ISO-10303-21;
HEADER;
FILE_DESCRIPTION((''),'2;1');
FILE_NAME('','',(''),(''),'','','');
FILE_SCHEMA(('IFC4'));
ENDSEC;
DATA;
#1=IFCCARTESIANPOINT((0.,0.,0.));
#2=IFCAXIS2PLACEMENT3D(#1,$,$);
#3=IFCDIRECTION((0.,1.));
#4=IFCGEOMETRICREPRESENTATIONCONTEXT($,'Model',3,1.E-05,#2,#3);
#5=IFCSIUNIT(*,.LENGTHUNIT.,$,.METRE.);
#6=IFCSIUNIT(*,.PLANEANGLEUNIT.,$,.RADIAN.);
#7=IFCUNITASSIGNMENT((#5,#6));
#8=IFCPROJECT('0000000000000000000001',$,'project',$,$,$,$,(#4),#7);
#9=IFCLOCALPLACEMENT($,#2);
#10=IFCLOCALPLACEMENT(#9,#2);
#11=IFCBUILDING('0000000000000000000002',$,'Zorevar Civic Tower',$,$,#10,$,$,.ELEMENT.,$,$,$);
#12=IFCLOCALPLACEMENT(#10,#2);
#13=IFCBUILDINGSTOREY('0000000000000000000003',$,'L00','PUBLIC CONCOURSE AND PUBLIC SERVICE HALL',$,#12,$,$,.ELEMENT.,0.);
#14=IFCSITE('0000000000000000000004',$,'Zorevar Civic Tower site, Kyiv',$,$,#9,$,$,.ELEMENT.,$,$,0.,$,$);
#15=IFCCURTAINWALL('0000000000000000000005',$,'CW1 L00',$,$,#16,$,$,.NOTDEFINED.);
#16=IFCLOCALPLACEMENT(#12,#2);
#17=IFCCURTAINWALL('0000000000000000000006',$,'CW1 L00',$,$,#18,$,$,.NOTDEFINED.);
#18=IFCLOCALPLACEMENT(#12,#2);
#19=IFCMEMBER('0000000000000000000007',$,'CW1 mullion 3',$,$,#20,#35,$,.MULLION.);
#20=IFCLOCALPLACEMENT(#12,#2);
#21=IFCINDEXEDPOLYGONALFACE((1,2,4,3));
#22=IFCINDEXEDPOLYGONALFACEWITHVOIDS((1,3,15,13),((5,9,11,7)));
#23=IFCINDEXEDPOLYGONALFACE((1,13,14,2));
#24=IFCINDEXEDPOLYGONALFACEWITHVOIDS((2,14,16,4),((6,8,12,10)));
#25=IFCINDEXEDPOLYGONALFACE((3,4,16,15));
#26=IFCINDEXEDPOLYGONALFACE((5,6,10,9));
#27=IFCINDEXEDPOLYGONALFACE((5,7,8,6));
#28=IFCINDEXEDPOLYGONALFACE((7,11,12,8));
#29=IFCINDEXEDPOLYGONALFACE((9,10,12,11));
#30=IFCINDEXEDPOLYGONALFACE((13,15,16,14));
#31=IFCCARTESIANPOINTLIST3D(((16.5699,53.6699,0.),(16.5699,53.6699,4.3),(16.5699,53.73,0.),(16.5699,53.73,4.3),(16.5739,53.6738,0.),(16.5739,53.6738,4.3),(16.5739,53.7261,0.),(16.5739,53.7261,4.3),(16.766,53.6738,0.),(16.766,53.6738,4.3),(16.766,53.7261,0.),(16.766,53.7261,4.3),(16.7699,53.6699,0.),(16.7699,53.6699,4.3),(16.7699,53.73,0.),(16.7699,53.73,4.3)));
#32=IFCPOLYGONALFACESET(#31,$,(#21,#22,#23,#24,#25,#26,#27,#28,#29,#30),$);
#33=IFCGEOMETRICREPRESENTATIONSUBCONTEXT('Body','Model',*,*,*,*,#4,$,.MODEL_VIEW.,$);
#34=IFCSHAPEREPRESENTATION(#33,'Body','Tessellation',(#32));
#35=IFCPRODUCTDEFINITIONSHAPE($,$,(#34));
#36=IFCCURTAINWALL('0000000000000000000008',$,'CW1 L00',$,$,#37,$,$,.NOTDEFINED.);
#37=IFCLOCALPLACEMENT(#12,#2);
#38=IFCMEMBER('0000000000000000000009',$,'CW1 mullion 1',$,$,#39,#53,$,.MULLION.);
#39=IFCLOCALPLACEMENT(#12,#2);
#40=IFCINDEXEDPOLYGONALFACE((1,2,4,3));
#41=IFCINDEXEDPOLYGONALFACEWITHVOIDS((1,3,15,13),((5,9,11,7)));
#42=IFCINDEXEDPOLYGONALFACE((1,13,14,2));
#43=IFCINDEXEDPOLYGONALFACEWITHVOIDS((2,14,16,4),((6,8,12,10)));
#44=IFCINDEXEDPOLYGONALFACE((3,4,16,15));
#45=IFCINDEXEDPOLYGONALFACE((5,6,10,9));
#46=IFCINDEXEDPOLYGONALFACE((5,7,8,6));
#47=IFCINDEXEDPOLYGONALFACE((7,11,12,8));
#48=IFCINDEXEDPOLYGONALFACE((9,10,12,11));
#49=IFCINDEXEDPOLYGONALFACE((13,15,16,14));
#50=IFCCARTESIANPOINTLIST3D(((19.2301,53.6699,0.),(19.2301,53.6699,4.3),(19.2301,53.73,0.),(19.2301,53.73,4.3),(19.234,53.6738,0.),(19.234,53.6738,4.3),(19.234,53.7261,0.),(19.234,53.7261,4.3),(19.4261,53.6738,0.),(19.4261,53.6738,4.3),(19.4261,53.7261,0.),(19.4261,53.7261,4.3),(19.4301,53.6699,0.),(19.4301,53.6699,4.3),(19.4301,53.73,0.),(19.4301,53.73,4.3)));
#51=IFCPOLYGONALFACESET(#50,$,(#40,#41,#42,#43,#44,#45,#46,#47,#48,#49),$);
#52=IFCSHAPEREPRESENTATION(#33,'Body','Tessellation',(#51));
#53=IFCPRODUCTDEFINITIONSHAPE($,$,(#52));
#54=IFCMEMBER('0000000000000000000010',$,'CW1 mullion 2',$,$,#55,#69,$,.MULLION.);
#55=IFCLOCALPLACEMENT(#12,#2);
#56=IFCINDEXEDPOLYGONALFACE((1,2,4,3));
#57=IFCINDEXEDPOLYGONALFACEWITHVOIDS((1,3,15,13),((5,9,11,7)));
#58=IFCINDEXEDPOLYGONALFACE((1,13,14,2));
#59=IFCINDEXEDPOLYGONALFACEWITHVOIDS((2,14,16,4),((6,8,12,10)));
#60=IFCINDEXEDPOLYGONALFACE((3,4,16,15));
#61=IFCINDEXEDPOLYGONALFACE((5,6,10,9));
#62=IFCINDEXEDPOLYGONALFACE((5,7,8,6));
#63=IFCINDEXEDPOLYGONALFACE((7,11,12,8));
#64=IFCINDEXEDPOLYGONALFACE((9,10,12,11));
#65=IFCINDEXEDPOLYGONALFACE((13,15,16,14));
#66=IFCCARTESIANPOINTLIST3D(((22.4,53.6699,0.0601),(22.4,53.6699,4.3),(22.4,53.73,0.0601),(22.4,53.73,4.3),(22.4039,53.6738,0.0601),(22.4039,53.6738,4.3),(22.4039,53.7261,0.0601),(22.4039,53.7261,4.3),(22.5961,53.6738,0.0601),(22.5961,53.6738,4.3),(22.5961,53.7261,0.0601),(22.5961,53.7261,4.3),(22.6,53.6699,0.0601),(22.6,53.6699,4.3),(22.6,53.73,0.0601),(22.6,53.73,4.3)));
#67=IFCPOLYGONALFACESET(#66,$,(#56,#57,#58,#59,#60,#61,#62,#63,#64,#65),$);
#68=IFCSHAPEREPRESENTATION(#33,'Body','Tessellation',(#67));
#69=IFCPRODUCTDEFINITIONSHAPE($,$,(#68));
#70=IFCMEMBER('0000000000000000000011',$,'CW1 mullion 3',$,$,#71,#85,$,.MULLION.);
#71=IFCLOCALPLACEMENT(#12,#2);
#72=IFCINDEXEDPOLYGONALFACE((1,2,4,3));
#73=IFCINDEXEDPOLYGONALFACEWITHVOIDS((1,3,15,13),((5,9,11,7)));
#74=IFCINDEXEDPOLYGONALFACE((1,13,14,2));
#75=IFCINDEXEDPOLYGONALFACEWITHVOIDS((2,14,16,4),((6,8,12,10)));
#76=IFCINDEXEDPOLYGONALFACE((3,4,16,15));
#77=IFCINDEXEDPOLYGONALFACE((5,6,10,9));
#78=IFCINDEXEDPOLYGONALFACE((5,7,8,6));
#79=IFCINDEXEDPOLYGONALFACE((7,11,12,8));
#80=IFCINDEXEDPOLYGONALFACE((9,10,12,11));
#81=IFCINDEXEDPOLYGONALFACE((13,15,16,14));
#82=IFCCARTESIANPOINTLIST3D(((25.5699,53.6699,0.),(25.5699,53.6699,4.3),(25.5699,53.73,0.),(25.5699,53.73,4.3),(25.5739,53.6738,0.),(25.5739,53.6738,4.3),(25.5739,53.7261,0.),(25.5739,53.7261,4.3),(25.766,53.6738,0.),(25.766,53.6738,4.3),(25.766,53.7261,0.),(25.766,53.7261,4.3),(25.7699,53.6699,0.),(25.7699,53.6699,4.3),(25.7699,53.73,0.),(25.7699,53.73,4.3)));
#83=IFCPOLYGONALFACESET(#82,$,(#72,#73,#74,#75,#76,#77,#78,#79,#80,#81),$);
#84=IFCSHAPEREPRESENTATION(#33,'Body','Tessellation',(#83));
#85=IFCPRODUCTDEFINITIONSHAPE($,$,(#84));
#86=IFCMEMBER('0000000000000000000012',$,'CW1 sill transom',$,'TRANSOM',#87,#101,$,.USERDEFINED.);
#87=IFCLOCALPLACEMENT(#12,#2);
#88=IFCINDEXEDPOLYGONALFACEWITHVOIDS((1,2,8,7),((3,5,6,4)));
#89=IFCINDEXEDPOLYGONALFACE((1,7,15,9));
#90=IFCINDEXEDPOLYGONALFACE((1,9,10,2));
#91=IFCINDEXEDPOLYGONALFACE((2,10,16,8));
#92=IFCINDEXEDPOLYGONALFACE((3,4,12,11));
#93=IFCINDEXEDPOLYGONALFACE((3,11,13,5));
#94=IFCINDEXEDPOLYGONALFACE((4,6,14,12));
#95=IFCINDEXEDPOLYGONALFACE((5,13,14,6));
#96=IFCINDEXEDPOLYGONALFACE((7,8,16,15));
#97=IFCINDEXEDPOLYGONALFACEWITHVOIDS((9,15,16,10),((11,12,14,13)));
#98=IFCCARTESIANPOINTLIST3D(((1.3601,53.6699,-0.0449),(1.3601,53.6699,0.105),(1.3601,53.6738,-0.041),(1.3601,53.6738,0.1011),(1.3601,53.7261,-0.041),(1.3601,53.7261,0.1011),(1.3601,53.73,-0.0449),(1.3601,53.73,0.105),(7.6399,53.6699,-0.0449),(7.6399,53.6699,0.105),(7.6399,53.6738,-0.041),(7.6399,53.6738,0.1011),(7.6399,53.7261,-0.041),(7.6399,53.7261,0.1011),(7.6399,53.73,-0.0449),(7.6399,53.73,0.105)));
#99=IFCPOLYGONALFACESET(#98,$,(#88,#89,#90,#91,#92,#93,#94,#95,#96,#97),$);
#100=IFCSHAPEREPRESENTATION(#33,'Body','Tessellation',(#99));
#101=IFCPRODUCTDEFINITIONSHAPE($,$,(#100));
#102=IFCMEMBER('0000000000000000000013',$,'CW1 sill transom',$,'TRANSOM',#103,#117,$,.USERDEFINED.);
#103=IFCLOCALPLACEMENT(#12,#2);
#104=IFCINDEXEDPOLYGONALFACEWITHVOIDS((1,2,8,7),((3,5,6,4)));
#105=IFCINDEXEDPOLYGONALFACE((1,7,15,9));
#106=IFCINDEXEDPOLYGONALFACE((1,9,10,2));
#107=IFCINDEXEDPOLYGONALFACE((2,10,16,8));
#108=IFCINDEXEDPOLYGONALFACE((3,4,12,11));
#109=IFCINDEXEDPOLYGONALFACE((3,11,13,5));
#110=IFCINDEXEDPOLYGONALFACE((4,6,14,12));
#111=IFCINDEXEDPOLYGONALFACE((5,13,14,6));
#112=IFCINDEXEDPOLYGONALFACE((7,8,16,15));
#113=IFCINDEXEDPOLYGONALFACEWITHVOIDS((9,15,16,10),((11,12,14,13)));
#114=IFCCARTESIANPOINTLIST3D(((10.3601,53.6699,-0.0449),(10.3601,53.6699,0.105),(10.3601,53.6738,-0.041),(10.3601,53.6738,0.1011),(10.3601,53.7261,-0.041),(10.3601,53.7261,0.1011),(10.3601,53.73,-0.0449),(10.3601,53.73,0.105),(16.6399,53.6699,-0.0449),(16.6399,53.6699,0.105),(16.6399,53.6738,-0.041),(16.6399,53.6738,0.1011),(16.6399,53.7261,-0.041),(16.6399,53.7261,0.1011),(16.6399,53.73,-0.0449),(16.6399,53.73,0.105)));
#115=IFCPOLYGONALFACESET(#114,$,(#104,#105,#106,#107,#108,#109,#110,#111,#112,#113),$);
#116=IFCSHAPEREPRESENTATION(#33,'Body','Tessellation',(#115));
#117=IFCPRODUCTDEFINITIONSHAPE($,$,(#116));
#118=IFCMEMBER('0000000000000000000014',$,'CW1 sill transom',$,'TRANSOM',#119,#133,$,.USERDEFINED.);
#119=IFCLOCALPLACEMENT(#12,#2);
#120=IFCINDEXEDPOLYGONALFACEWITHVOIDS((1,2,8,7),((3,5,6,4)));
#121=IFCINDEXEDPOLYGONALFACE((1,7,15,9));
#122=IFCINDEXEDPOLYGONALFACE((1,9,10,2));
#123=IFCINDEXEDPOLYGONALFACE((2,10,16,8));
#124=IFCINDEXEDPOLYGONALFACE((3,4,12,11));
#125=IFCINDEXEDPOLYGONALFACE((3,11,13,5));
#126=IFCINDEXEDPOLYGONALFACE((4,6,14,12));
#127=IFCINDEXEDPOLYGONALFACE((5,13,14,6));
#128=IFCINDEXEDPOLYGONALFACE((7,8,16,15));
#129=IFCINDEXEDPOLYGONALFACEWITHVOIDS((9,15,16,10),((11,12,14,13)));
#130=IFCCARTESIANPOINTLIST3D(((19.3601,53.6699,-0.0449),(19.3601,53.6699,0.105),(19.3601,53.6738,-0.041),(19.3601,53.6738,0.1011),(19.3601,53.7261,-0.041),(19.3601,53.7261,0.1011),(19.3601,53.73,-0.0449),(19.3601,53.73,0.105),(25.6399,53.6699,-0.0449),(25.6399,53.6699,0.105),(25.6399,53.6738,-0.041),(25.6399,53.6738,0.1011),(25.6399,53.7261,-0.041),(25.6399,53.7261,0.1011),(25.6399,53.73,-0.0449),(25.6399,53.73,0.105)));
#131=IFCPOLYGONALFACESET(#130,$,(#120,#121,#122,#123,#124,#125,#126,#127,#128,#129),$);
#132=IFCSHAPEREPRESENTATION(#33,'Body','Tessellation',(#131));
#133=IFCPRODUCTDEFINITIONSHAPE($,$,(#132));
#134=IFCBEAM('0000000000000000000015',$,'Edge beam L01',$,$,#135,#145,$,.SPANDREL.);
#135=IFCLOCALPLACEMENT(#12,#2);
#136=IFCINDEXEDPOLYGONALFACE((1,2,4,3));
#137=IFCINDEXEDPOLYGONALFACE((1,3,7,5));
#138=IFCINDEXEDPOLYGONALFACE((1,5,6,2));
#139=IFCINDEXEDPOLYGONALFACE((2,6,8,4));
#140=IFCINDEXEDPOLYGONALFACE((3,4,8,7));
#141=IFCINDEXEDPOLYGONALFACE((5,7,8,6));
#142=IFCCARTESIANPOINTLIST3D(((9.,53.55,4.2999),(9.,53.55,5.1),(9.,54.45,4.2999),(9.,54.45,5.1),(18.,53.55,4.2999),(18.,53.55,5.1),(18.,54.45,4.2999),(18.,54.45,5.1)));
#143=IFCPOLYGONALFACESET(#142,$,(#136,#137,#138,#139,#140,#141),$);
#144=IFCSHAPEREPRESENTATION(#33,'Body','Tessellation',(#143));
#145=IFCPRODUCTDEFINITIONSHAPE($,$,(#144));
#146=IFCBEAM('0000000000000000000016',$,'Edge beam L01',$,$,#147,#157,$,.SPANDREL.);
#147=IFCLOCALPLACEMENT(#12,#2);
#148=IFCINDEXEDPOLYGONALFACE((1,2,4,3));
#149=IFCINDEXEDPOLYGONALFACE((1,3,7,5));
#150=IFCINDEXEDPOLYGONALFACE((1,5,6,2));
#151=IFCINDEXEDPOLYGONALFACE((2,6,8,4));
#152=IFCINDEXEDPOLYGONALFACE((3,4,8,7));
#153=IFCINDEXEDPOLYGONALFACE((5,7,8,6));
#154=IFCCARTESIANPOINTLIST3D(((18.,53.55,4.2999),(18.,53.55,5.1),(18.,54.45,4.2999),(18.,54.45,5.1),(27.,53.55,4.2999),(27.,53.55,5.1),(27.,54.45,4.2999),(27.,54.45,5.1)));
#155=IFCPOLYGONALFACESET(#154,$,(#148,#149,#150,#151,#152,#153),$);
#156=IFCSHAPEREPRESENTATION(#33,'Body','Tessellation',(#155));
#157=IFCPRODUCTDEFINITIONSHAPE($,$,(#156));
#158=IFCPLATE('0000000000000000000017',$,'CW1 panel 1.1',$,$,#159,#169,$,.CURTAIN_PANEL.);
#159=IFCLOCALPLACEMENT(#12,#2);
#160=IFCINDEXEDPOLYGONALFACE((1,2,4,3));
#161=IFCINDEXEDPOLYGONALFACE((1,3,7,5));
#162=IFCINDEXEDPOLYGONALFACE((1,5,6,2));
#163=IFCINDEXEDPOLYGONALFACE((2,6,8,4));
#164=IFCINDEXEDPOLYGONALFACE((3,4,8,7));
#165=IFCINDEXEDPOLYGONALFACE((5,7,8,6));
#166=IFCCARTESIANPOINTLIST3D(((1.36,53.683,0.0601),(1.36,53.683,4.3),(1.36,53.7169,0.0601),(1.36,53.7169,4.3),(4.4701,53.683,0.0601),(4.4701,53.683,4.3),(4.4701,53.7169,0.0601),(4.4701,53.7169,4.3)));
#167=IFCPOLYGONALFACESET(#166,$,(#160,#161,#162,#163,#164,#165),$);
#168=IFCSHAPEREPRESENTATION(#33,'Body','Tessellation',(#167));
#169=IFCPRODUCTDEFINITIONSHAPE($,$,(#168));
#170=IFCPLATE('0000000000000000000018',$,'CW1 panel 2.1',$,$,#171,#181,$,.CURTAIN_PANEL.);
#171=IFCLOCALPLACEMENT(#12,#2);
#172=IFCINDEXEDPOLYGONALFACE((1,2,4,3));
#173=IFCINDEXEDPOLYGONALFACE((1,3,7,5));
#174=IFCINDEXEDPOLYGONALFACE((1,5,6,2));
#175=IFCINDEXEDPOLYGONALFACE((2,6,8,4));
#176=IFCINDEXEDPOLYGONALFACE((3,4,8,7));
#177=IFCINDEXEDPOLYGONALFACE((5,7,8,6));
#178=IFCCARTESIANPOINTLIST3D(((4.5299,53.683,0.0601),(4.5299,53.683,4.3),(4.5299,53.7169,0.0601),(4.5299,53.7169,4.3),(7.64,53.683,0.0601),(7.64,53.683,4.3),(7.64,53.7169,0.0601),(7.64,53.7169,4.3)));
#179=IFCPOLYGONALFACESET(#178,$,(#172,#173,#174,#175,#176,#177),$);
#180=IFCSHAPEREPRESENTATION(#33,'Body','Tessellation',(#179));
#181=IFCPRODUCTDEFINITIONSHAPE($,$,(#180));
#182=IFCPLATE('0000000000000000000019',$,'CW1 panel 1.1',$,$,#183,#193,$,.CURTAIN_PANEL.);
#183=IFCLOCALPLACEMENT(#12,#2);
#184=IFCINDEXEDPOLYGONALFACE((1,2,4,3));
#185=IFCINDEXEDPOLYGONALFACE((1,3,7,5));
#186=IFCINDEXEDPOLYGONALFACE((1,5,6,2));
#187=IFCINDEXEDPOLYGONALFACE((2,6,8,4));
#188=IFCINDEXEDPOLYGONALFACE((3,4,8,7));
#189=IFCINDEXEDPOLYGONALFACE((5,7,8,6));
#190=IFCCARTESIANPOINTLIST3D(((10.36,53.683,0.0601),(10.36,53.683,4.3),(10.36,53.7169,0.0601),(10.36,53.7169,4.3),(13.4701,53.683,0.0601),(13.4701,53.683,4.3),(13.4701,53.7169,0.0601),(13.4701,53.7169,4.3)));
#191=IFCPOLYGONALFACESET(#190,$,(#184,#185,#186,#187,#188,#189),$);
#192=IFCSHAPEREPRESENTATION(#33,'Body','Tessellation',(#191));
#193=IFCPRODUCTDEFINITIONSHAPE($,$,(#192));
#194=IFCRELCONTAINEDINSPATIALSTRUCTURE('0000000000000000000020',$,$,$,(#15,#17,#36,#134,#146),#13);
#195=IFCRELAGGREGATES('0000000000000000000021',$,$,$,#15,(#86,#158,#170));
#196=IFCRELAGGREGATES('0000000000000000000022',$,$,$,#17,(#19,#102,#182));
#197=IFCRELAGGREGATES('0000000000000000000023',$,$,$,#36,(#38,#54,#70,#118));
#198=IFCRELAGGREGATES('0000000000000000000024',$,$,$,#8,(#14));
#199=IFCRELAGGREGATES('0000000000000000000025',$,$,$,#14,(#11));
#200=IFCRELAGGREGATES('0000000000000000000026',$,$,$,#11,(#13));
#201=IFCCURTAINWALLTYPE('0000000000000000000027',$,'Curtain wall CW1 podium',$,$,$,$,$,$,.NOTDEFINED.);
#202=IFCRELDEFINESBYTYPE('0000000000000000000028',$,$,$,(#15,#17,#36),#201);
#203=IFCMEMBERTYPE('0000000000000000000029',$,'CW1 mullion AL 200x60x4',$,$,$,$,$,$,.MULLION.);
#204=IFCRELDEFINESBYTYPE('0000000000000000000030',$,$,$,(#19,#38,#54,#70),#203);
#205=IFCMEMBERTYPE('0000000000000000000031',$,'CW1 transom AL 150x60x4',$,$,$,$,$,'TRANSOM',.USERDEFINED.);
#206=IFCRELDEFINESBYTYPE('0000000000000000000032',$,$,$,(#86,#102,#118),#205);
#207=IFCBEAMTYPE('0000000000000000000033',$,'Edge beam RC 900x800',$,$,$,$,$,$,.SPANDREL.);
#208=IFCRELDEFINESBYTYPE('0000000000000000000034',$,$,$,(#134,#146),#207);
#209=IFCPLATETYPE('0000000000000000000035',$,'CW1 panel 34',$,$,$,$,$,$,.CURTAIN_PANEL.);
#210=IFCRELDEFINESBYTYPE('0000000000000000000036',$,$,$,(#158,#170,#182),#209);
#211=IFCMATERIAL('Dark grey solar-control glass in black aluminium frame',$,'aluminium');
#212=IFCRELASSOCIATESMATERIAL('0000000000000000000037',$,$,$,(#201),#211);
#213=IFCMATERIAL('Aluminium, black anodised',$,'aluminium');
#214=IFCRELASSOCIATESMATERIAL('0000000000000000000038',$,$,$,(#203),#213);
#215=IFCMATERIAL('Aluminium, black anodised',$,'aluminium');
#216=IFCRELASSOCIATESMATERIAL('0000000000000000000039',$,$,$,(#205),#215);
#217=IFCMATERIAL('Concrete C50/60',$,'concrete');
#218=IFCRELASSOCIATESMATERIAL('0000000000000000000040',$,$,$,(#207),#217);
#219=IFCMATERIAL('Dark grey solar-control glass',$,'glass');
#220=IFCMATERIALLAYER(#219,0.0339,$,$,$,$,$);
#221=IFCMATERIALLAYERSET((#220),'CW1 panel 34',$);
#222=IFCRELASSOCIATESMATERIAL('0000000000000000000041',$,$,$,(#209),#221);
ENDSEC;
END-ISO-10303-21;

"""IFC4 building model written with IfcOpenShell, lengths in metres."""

from ifc_helpers import new_model, si_unit, direction, frame, origin, origin_2d, place, context, subcontext, project, spatial, rectangle, hollow_rectangle, extrude, material, layer, layer_set, material_profile, profile_set, type_object, element, aggregate, save


model = new_model("IFC4")

# Units and contexts
model_context = context("Model", 3, precision=1e-05, world=origin(), true_north=direction((0.0, 1.0)))
body_context = subcontext(model_context, "Body", "Model", "MODEL_VIEW")
ifc_project = project(units=[si_unit("LENGTHUNIT", "METRE"), si_unit("PLANEANGLEUNIT", "RADIAN")], contexts=[model_context])

# Site, building, storey
site_placement = place(None, origin())
site = spatial("IfcSite", under=ifc_project, at=site_placement, Name="Zorevar Civic Tower site, Kyiv", CompositionType="ELEMENT", RefElevation=0.0)
building_placement = place(site_placement, origin())
building = spatial("IfcBuilding", under=site, at=building_placement, Name="Zorevar Civic Tower", CompositionType="ELEMENT")
storey_placement = place(building_placement, origin())
storey = spatial("IfcBuildingStorey", under=building, at=storey_placement, Name="L00", Description="PUBLIC CONCOURSE AND PUBLIC SERVICE HALL", CompositionType="ELEMENT", Elevation=0.0)

# Curtain walls, members
ifc_material_1 = material(Name="Dark grey solar-control glass in black aluminium frame", Category="aluminium")
curtain_wall_type = type_object("IfcCurtainWallType", Name="Curtain wall CW1 podium", PredefinedType="NOTDEFINED", material=ifc_material_1)
curtain_wall_1_placement = place(storey_placement, origin())
curtain_wall_1 = element("IfcCurtainWall", 1, at=curtain_wall_1_placement, inside=storey, type_object=curtain_wall_type, Name="CW1 L00", PredefinedType="NOTDEFINED")
ifc_material_2 = material(Name="Aluminium, black anodised", Category="aluminium")
ifc_material_profile_1 = material_profile(ifc_material_2, hollow_rectangle(XDim=0.0601, YDim=0.2, WallThickness=0.0039, at=origin_2d()), Name="AL 200x60x4")
ifc_profile_set_1 = profile_set([ifc_material_profile_1], Name="Aluminium, black anodised")
member_type_1 = type_object("IfcMemberType", Name="CW1 mullion AL 200x60x4", PredefinedType="MULLION", material=ifc_profile_set_1)
curtain_wall_2_placement = place(storey_placement, origin())
curtain_wall_2 = element("IfcCurtainWall", 2, at=curtain_wall_2_placement, inside=storey, type_object=curtain_wall_type, Name="CW1 L00", PredefinedType="NOTDEFINED")
member_1_placement = place(storey_placement, frame((16.6699, 53.7, 0.0), z_axis=(0.0, 0.0, 1.0), x_axis=(0.0, 1.0, 0.0)))
member_1 = element("IfcMember", 3, at=member_1_placement, type_object=member_type_1, Name="CW1 mullion 3", PredefinedType="MULLION", context=body_context, shape_type="SweptSolid", body=[
    extrude(hollow_rectangle(XDim=0.0601, YDim=0.2, WallThickness=0.0039, at=origin_2d()), origin(), (0.0, 0.0, 1.0), 4.3),
])
curtain_wall_3_placement = place(storey_placement, origin())
curtain_wall_3 = element("IfcCurtainWall", 4, at=curtain_wall_3_placement, inside=storey, type_object=curtain_wall_type, Name="CW1 L00", PredefinedType="NOTDEFINED")
member_2_placement = place(storey_placement, frame((19.3301, 53.7, 0.0), z_axis=(0.0, 0.0, 1.0), x_axis=(0.0, 1.0, 0.0)))
member_2 = element("IfcMember", 5, at=member_2_placement, type_object=member_type_1, Name="CW1 mullion 1", PredefinedType="MULLION", context=body_context, shape_type="SweptSolid", body=[
    extrude(hollow_rectangle(XDim=0.0601, YDim=0.2, WallThickness=0.0039, at=origin_2d()), origin(), (0.0, 0.0, 1.0), 4.3),
])
member_3_placement = place(storey_placement, frame((22.5, 53.7, 0.0601), z_axis=(0.0, 0.0, 1.0), x_axis=(0.0, 1.0, 0.0)))
member_3 = element("IfcMember", 6, at=member_3_placement, type_object=member_type_1, Name="CW1 mullion 2", PredefinedType="MULLION", context=body_context, shape_type="SweptSolid", body=[
    extrude(hollow_rectangle(XDim=0.0601, YDim=0.2, WallThickness=0.0039, at=origin_2d()), origin(), (0.0, 0.0, 1.0), 4.24),
])
member_4_placement = place(storey_placement, frame((25.6699, 53.7, 0.0), z_axis=(0.0, 0.0, 1.0), x_axis=(0.0, 1.0, 0.0)))
member_4 = element("IfcMember", 7, at=member_4_placement, type_object=member_type_1, Name="CW1 mullion 3", PredefinedType="MULLION", context=body_context, shape_type="SweptSolid", body=[
    extrude(hollow_rectangle(XDim=0.0601, YDim=0.2, WallThickness=0.0039, at=origin_2d()), origin(), (0.0, 0.0, 1.0), 4.3),
])

# Members
ifc_material_3 = material(Name="Aluminium, black anodised", Category="aluminium")
ifc_material_profile_2 = material_profile(ifc_material_3, hollow_rectangle(XDim=0.0601, YDim=0.1499, WallThickness=0.0039, at=origin_2d()), Name="AL 150x60x4")
ifc_profile_set_2 = profile_set([ifc_material_profile_2], Name="Aluminium, black anodised")
member_type_2 = type_object("IfcMemberType", Name="CW1 transom AL 150x60x4", ElementType="TRANSOM", PredefinedType="USERDEFINED", material=ifc_profile_set_2)
member_5_placement = place(storey_placement, frame((1.3601, 53.7, 0.03), z_axis=(1.0, 0.0, 0.0), x_axis=(0.0, 1.0, 0.0)))
member_5 = element("IfcMember", 8, at=member_5_placement, type_object=member_type_2, Name="CW1 sill transom", ObjectType="TRANSOM", PredefinedType="USERDEFINED", context=body_context, shape_type="SweptSolid", body=[
    extrude(hollow_rectangle(XDim=0.0601, YDim=0.1499, WallThickness=0.0039, at=origin_2d()), origin(), (0.0, 0.0, 1.0), 6.2798),
])
member_6_placement = place(storey_placement, frame((10.3601, 53.7, 0.03), z_axis=(1.0, 0.0, 0.0), x_axis=(0.0, 1.0, 0.0)))
member_6 = element("IfcMember", 9, at=member_6_placement, type_object=member_type_2, Name="CW1 sill transom", ObjectType="TRANSOM", PredefinedType="USERDEFINED", context=body_context, shape_type="SweptSolid", body=[
    extrude(hollow_rectangle(XDim=0.0601, YDim=0.1499, WallThickness=0.0039, at=origin_2d()), origin(), (0.0, 0.0, 1.0), 6.2798),
])
member_7_placement = place(storey_placement, frame((19.3601, 53.7, 0.03), z_axis=(1.0, 0.0, 0.0), x_axis=(0.0, 1.0, 0.0)))
member_7 = element("IfcMember", 10, at=member_7_placement, type_object=member_type_2, Name="CW1 sill transom", ObjectType="TRANSOM", PredefinedType="USERDEFINED", context=body_context, shape_type="SweptSolid", body=[
    extrude(hollow_rectangle(XDim=0.0601, YDim=0.1499, WallThickness=0.0039, at=origin_2d()), origin(), (0.0, 0.0, 1.0), 6.2798),
])

# Beams
ifc_material_4 = material(Name="Concrete C50/60", Category="concrete")
ifc_material_profile_3 = material_profile(ifc_material_4, rectangle(XDim=0.8999, YDim=0.8, at=origin_2d()), Name="RC 900x800")
ifc_profile_set_3 = profile_set([ifc_material_profile_3], Name="Concrete C50/60")
beam_type_1 = type_object("IfcBeamType", Name="Edge beam RC 900x800", PredefinedType="SPANDREL", material=ifc_profile_set_3)
for number, where, z_axis, x_axis, name in (
    (11, (9.0, 54.0, 4.7), (1.0, 0.0, 0.0), (0.0, 1.0, 0.0), "Edge beam L01"),
    (12, (18.0, 54.0, 4.7), (1.0, 0.0, 0.0), (0.0, 1.0, 0.0), "Edge beam L01"),
):
    element("IfcBeam", number, at=place(storey_placement, frame(where, z_axis=z_axis, x_axis=x_axis)), inside=storey, type_object=beam_type_1, Name=name, PredefinedType="SPANDREL", context=body_context, shape_type="SweptSolid", body=[
        extrude(rectangle(XDim=0.8999, YDim=0.8, at=origin_2d()), origin(), (0.0, 0.0, 1.0), 9.0),
    ])

# Plates
ifc_material_5 = material(Name="Dark grey solar-control glass", Category="glass")
ifc_layer_1 = layer(ifc_material_5, 0.0339)
ifc_layer_set_1 = layer_set([ifc_layer_1], Name="CW1 panel 34")
plate_type = type_object("IfcPlateType", Name="CW1 panel 34", PredefinedType="CURTAIN_PANEL", material=ifc_layer_set_1)
plate_1_placement = place(storey_placement, frame((2.915, 53.7, 0.0601), z_axis=(0.0, 0.0, 1.0), x_axis=(1.0, 0.0, 0.0)))
plate_1 = element("IfcPlate", 13, at=plate_1_placement, type_object=plate_type, Name="CW1 panel 1.1", PredefinedType="CURTAIN_PANEL", context=body_context, shape_type="SweptSolid", body=[
    extrude(rectangle(XDim=3.1101, YDim=0.0339, at=origin_2d()), origin(), (0.0, 0.0, 1.0), 4.24),
])
plate_2_placement = place(storey_placement, frame((6.085, 53.7, 0.0601), z_axis=(0.0, 0.0, 1.0), x_axis=(1.0, 0.0, 0.0)))
plate_2 = element("IfcPlate", 14, at=plate_2_placement, type_object=plate_type, Name="CW1 panel 2.1", PredefinedType="CURTAIN_PANEL", context=body_context, shape_type="SweptSolid", body=[
    extrude(rectangle(XDim=3.1101, YDim=0.0339, at=origin_2d()), origin(), (0.0, 0.0, 1.0), 4.24),
])
aggregate(curtain_wall_1, [member_5, plate_1, plate_2])
plate_3_placement = place(storey_placement, frame((11.915, 53.7, 0.0601), z_axis=(0.0, 0.0, 1.0), x_axis=(1.0, 0.0, 0.0)))
plate_3 = element("IfcPlate", 15, at=plate_3_placement, type_object=plate_type, Name="CW1 panel 1.1", PredefinedType="CURTAIN_PANEL", context=body_context, shape_type="SweptSolid", body=[
    extrude(rectangle(XDim=3.1101, YDim=0.0339, at=origin_2d()), origin(), (0.0, 0.0, 1.0), 4.24),
])
aggregate(curtain_wall_2, [member_1, member_6, plate_3])
aggregate(curtain_wall_3, [member_2, member_3, member_4, member_7])

save(model, "model.ifc")
